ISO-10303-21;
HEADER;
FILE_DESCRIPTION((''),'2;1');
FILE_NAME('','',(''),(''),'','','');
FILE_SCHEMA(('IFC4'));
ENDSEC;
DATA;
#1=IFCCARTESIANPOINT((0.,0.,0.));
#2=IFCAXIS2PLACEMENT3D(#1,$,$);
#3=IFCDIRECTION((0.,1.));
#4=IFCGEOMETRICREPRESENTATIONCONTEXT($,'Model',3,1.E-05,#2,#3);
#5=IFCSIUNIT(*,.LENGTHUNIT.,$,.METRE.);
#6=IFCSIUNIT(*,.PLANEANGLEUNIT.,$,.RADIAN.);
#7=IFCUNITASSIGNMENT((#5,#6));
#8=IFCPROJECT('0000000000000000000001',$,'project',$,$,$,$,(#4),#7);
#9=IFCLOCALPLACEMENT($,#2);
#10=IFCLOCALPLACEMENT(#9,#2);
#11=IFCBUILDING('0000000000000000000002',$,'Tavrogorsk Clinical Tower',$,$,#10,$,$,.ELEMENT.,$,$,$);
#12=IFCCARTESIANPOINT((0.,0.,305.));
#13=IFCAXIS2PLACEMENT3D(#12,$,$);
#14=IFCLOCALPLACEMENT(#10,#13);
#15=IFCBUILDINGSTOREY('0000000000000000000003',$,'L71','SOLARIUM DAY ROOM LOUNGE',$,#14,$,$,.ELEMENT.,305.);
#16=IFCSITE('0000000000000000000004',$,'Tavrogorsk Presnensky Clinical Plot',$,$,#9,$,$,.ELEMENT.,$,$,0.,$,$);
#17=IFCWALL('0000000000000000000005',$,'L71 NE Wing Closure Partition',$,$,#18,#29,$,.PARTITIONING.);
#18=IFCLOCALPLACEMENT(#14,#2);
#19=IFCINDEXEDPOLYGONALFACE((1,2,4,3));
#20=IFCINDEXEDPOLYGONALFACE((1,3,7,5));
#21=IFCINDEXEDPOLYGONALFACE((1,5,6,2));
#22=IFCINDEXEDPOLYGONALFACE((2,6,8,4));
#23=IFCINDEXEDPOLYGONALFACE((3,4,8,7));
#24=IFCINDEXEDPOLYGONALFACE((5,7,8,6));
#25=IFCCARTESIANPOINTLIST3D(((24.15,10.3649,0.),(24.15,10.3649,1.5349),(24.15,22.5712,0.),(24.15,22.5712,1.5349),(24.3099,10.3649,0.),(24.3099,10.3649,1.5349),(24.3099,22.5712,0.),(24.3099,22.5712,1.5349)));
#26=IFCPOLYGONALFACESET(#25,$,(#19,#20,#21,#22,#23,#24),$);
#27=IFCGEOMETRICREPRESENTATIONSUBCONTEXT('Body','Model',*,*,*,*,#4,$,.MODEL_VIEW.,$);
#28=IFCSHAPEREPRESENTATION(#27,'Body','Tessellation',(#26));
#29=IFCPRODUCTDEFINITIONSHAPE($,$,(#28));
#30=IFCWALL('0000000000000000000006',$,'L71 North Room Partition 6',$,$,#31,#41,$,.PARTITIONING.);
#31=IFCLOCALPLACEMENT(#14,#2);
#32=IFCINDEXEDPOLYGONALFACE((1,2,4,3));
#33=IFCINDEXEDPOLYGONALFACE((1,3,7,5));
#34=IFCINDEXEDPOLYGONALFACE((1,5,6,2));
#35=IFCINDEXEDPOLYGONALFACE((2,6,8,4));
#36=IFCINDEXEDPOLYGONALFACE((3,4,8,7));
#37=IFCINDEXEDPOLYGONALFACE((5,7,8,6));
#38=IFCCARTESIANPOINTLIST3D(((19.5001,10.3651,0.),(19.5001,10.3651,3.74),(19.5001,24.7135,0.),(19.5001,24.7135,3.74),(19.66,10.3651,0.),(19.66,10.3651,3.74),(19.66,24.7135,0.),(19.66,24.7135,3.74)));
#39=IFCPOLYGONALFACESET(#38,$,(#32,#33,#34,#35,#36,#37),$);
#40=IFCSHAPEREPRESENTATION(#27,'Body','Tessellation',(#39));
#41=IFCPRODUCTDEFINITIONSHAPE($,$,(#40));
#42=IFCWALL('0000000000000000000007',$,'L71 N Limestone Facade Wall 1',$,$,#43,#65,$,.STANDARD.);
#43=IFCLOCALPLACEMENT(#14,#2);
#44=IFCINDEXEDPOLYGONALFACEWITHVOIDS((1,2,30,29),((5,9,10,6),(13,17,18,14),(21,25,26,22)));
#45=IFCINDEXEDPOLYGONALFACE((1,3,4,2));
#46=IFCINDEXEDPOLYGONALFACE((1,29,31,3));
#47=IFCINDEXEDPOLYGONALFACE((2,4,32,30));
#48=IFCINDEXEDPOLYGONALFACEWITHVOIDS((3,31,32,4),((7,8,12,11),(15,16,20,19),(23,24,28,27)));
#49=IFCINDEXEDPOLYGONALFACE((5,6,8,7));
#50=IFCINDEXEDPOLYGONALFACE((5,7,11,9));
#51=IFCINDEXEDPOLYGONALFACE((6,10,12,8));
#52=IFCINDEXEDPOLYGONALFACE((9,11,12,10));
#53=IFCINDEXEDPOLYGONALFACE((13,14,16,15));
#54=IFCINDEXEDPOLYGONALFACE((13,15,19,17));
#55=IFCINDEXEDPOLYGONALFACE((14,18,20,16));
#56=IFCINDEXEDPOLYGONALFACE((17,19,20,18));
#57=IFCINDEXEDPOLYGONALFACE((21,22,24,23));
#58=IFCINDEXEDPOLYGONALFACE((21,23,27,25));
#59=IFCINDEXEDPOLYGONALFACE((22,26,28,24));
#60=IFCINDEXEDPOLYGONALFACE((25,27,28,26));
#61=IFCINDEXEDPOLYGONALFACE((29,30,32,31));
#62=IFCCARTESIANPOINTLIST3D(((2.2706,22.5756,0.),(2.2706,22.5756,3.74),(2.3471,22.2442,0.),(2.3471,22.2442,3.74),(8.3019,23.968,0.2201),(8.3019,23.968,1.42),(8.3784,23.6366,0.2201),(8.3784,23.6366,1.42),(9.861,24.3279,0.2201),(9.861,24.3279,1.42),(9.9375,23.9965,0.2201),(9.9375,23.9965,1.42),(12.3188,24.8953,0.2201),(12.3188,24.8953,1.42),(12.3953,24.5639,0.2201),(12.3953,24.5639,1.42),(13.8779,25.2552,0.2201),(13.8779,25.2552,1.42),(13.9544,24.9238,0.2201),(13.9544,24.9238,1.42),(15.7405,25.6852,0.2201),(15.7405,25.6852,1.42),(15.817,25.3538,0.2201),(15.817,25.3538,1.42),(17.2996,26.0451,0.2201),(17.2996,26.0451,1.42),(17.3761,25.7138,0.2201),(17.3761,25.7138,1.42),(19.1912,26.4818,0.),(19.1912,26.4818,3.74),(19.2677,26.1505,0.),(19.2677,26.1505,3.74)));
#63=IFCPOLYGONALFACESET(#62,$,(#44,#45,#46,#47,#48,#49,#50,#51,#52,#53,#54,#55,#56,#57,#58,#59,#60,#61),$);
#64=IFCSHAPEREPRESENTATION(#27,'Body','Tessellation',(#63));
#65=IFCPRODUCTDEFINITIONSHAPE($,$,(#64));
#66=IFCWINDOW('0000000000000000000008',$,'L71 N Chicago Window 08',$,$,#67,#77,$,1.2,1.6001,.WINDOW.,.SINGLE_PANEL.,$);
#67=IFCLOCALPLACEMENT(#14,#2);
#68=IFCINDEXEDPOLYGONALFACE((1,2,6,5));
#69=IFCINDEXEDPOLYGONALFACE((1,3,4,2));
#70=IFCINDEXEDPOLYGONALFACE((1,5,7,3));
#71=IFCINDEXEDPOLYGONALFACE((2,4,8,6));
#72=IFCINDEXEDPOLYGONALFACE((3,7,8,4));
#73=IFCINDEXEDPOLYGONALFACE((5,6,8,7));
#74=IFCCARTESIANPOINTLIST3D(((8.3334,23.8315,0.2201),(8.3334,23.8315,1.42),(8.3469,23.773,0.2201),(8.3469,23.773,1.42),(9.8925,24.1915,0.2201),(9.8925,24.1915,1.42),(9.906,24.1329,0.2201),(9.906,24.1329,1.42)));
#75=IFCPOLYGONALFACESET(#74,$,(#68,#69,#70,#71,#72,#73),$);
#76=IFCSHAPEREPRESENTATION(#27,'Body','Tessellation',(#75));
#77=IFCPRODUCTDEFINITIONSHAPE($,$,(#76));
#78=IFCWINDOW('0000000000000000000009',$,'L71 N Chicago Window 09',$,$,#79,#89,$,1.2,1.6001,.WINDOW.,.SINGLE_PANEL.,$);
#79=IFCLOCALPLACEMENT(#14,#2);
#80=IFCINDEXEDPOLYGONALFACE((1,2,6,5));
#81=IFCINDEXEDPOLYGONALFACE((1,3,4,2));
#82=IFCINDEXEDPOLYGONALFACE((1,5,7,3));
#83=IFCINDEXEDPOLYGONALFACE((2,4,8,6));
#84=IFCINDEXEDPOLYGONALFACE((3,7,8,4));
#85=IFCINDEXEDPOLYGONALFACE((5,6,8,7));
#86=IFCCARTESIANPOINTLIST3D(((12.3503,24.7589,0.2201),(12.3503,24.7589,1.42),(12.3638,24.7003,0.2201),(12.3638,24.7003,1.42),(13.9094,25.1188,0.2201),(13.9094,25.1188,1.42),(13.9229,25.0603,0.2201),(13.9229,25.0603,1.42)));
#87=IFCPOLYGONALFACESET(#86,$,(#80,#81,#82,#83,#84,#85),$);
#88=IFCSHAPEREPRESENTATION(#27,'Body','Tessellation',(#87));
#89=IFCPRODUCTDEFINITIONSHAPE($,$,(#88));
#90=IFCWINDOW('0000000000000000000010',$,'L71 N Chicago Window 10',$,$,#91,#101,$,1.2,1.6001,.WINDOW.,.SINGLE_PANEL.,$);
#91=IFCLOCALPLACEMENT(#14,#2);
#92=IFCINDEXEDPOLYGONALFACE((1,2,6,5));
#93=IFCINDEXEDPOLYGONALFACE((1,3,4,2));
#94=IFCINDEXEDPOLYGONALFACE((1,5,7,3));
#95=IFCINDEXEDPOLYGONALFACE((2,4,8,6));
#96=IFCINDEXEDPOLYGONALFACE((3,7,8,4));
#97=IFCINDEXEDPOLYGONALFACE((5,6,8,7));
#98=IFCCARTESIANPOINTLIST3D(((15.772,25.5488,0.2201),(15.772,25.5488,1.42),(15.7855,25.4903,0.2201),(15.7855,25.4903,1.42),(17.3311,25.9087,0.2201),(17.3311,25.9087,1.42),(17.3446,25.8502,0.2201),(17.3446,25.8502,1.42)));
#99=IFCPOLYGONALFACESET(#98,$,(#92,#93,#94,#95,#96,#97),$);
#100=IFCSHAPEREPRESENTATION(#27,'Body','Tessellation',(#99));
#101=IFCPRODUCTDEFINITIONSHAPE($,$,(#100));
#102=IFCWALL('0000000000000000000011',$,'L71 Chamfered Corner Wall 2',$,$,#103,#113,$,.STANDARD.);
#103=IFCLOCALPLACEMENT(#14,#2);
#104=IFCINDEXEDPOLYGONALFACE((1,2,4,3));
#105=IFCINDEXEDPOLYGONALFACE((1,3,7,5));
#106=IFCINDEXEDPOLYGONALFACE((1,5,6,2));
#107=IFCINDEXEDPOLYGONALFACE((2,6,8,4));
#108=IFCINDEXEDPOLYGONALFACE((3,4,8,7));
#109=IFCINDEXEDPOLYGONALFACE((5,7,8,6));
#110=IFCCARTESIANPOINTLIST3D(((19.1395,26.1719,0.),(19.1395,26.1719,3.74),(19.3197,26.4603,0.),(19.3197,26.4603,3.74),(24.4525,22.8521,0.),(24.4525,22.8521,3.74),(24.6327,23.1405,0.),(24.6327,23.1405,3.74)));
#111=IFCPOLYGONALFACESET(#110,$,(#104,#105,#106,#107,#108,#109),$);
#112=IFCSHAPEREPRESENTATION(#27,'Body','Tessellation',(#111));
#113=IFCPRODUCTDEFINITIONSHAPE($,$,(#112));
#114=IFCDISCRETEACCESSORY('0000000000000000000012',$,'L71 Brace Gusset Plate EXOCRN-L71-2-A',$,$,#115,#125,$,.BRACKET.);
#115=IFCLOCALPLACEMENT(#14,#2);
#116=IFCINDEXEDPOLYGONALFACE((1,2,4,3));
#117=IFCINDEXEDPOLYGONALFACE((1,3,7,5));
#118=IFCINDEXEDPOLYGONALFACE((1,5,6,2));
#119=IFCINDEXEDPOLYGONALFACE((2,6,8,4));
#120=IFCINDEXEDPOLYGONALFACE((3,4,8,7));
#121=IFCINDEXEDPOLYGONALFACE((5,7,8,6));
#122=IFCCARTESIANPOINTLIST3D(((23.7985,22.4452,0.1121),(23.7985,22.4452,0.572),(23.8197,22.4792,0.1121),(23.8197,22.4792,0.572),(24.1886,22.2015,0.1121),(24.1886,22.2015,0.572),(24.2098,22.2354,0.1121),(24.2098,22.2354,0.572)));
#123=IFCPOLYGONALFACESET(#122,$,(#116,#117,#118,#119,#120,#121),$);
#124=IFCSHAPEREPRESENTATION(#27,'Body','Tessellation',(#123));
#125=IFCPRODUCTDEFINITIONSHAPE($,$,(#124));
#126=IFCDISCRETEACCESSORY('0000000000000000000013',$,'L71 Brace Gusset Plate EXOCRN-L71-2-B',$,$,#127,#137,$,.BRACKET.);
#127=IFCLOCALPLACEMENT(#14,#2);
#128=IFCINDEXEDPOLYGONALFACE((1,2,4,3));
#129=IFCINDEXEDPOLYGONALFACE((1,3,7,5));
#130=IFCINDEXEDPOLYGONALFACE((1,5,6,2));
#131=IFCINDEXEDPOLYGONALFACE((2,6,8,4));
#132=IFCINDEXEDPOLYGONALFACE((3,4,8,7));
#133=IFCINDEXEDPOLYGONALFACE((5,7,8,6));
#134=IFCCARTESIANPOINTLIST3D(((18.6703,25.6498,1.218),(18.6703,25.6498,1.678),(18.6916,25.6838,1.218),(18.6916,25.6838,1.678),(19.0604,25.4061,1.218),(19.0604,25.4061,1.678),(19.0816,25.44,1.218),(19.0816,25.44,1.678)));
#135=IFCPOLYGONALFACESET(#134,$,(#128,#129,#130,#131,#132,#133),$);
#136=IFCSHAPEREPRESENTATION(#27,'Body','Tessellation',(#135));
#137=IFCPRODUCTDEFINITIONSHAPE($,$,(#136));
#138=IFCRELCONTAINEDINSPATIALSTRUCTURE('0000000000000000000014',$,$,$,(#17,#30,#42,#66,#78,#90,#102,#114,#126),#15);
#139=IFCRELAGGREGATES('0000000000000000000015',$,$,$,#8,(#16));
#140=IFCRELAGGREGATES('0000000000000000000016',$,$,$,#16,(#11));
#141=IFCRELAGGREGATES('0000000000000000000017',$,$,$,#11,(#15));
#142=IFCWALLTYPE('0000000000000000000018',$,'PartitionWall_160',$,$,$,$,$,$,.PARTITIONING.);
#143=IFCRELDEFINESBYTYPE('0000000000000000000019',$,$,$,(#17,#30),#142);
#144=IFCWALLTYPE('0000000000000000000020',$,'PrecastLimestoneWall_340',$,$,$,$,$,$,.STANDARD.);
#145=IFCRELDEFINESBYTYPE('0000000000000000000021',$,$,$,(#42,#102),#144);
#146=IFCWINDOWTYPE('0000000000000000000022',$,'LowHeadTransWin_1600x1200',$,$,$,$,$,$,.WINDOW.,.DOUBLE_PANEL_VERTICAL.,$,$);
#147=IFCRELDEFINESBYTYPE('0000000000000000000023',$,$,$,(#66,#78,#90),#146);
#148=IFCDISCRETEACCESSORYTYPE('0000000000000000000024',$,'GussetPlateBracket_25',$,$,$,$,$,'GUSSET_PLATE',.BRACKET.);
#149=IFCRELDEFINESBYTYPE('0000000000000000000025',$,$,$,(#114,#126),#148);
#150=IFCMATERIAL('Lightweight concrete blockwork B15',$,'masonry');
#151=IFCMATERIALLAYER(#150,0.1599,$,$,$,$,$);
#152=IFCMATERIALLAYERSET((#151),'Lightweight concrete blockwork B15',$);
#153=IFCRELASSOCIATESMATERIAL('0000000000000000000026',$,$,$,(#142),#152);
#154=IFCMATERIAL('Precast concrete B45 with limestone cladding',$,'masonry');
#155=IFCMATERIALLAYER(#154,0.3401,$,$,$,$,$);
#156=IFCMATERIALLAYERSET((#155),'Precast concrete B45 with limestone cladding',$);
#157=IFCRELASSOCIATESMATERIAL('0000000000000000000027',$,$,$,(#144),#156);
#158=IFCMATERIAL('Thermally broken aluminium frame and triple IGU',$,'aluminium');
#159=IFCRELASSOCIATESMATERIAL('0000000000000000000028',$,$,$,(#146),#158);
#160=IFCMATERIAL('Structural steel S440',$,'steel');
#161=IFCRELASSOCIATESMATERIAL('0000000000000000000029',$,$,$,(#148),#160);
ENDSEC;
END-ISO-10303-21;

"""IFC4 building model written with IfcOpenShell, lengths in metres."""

from ifc_helpers import new_model, si_unit, direction, frame, frame_2d, origin, origin_2d, place, context, subcontext, project, spatial, rectangle, extrude, material, layer, layer_set, type_object, element, fill, save


model = new_model("IFC4")

# Units and contexts
model_context = context("Model", 3, precision=1e-05, world=origin(), true_north=direction((0.0, 1.0)))
body_context = subcontext(model_context, "Body", "Model", "MODEL_VIEW")
ifc_project = project(units=[si_unit("LENGTHUNIT", "METRE"), si_unit("PLANEANGLEUNIT", "RADIAN")], contexts=[model_context])

# Site, building, storey
site_placement = place(None, origin())
site = spatial("IfcSite", under=ifc_project, at=site_placement, Name="Tavrogorsk Presnensky Clinical Plot", CompositionType="ELEMENT", RefElevation=0.0)
building_placement = place(site_placement, origin())
building = spatial("IfcBuilding", under=site, at=building_placement, Name="Tavrogorsk Clinical Tower", CompositionType="ELEMENT")
storey_placement = place(building_placement, frame((0.0, 0.0, 305.0)))
storey = spatial("IfcBuildingStorey", under=building, at=storey_placement, Name="L71", Description="SOLARIUM DAY ROOM LOUNGE", CompositionType="ELEMENT", Elevation=305.0)

# Shared definitions
ifc_material_1 = material(Name="Lightweight concrete blockwork B15", Category="masonry")
ifc_layer_1 = layer(ifc_material_1, 0.1599)
ifc_layer_set_1 = layer_set([ifc_layer_1], Name="Lightweight concrete blockwork B15")
wall_type_1 = type_object("IfcWallType", Name="PartitionWall_160", PredefinedType="PARTITIONING", material=ifc_layer_set_1)

# Walls
wall_1_placement = place(storey_placement, frame((24.23, 10.365, 0.0), z_axis=(0.0, 0.0, 1.0), x_axis=(0.0, 1.0, 0.0)))
element("IfcWall", 1, at=wall_1_placement, inside=storey, type_object=wall_type_1, Name="L71 NE Wing Closure Partition", PredefinedType="PARTITIONING", context=body_context, shape_type="SweptSolid", body=[
    extrude(rectangle(XDim=12.2063, YDim=0.1599, at=frame_2d((6.103, 0.0))), origin(), (0.0, 0.0, 1.0), 1.5349),
])
wall_2_placement = place(storey_placement, frame((19.5801, 10.365, 0.0), z_axis=(0.0, 0.0, 1.0), x_axis=(0.0, 1.0, 0.0)))
element("IfcWall", 2, at=wall_2_placement, inside=storey, type_object=wall_type_1, Name="L71 North Room Partition 6", PredefinedType="PARTITIONING", context=body_context, shape_type="SweptSolid", body=[
    extrude(rectangle(XDim=14.3484, YDim=0.1599, at=frame_2d((7.1743, 0.0))), origin(), (0.0, 0.0, 1.0), 3.74),
])

# Wall, openings, windows
ifc_material_2 = material(Name="Precast concrete B45 with limestone cladding", Category="masonry")
ifc_layer_2 = layer(ifc_material_2, 0.3401)
ifc_layer_set_2 = layer_set([ifc_layer_2], Name="Precast concrete B45 with limestone cladding")
wall_type_2 = type_object("IfcWallType", Name="PrecastLimestoneWall_340", PredefinedType="STANDARD", material=ifc_layer_set_2)
wall_3_placement = place(storey_placement, frame((19.2295, 26.3162, 0.0), z_axis=(0.0, 0.0, 1.0), x_axis=(-0.974372, -0.224941, 0.0)))
wall_3 = element("IfcWall", 3, at=wall_3_placement, inside=storey, type_object=wall_type_2, Name="L71 N Limestone Facade Wall 1", PredefinedType="STANDARD", context=body_context, shape_type="SweptSolid", body=[
    extrude(rectangle(XDim=17.3657, YDim=0.3401, at=frame_2d((8.6829, 0.0))), origin(), (0.0, 0.0, 1.0), 3.74),
])
opening_1_placement = place(wall_3_placement, frame((9.5757, 0.0, 0.22)))
opening_1 = element("IfcOpeningElement", 4, at=opening_1_placement, cuts=wall_3, PredefinedType="OPENING", context=body_context, shape_type="SweptSolid", body=[
    extrude(rectangle(XDim=1.6001, YDim=1.2, at=frame_2d((0.8, 0.6001))), frame((0.0, 0.1799, 0.0), z_axis=(0.0, -1.0, 0.0), x_axis=(1.0, 0.0, 0.0)), (0.0, 0.0, 1.0), 0.3601),
])
opening_2_placement = place(wall_3_placement, frame((5.4531, 0.0, 0.22)))
opening_2 = element("IfcOpeningElement", 5, at=opening_2_placement, cuts=wall_3, PredefinedType="OPENING", context=body_context, shape_type="SweptSolid", body=[
    extrude(rectangle(XDim=1.6001, YDim=1.2, at=frame_2d((0.8, 0.6001))), frame((0.0, 0.1799, 0.0), z_axis=(0.0, -1.0, 0.0), x_axis=(1.0, 0.0, 0.0)), (0.0, 0.0, 1.0), 0.3601),
])
opening_3_placement = place(wall_3_placement, frame((1.9414, 0.0, 0.22)))
opening_3 = element("IfcOpeningElement", 6, at=opening_3_placement, cuts=wall_3, PredefinedType="OPENING", context=body_context, shape_type="SweptSolid", body=[
    extrude(rectangle(XDim=1.6001, YDim=1.2, at=frame_2d((0.8, 0.6001))), frame((0.0, 0.1799, 0.0), z_axis=(0.0, -1.0, 0.0), x_axis=(1.0, 0.0, 0.0)), (0.0, 0.0, 1.0), 0.3601),
])
ifc_material_3 = material(Name="Thermally broken aluminium frame and triple IGU", Category="aluminium")
window_type = type_object("IfcWindowType", Name="LowHeadTransWin_1600x1200", PartitioningType="DOUBLE_PANEL_VERTICAL", PredefinedType="WINDOW", material=ifc_material_3)
window_1_placement = place(opening_1_placement, origin())
window_1 = element("IfcWindow", 7, at=window_1_placement, inside=storey, type_object=window_type, Name="L71 N Chicago Window 08", OverallHeight=1.2, OverallWidth=1.6001, PartitioningType="SINGLE_PANEL", PredefinedType="WINDOW", context=body_context, shape_type="SweptSolid", body=[
    extrude(rectangle(XDim=1.6001, YDim=1.2, at=frame_2d((0.8, 0.6001))), frame((0.0, 0.03, 0.0), z_axis=(0.0, -1.0, 0.0), x_axis=(1.0, 0.0, 0.0)), (0.0, 0.0, 1.0), 0.0601),
])
fill(opening_1, window_1)
window_2_placement = place(opening_2_placement, origin())
window_2 = element("IfcWindow", 8, at=window_2_placement, inside=storey, type_object=window_type, Name="L71 N Chicago Window 09", OverallHeight=1.2, OverallWidth=1.6001, PartitioningType="SINGLE_PANEL", PredefinedType="WINDOW", context=body_context, shape_type="SweptSolid", body=[
    extrude(rectangle(XDim=1.6001, YDim=1.2, at=frame_2d((0.8, 0.6001))), frame((0.0, 0.03, 0.0), z_axis=(0.0, -1.0, 0.0), x_axis=(1.0, 0.0, 0.0)), (0.0, 0.0, 1.0), 0.0601),
])
fill(opening_2, window_2)
window_3_placement = place(opening_3_placement, origin())
window_3 = element("IfcWindow", 9, at=window_3_placement, inside=storey, type_object=window_type, Name="L71 N Chicago Window 10", OverallHeight=1.2, OverallWidth=1.6001, PartitioningType="SINGLE_PANEL", PredefinedType="WINDOW", context=body_context, shape_type="SweptSolid", body=[
    extrude(rectangle(XDim=1.6001, YDim=1.2, at=frame_2d((0.8, 0.6001))), frame((0.0, 0.03, 0.0), z_axis=(0.0, -1.0, 0.0), x_axis=(1.0, 0.0, 0.0)), (0.0, 0.0, 1.0), 0.0601),
])
fill(opening_3, window_3)

# Wall
wall_4_placement = place(storey_placement, frame((24.5425, 22.9963, 0.0), z_axis=(0.0, 0.0, 1.0), x_axis=(-0.848055, 0.529908, 0.0)))
element("IfcWall", 10, at=wall_4_placement, inside=storey, type_object=wall_type_2, Name="L71 Chamfered Corner Wall 2", PredefinedType="STANDARD", context=body_context, shape_type="SweptSolid", body=[
    extrude(rectangle(XDim=6.2649, YDim=0.3401, at=frame_2d((3.1323, 0.0))), origin(), (0.0, 0.0, 1.0), 3.74),
])

# Discrete accessories
ifc_material_4 = material(Name="Structural steel S440", Category="steel")
discrete_accessory_type = type_object("IfcDiscreteAccessoryType", Name="GussetPlateBracket_25", ElementType="GUSSET_PLATE", PredefinedType="BRACKET", material=ifc_material_4)
for number, where, z_axis, x_axis, name in (
    (11, (24.0042, 22.3403, 0.1121), (0.0, 0.0, 1.0), (-0.848048, 0.529919, 0.0), "L71 Brace Gusset Plate EXOCRN-L71-2-A"),
    (12, (18.876, 25.5449, 1.218), (0.0, 0.0, 1.0), (-0.848048, 0.529919, 0.0), "L71 Brace Gusset Plate EXOCRN-L71-2-B"),
):
    element("IfcDiscreteAccessory", number, at=place(storey_placement, frame(where, z_axis=z_axis, x_axis=x_axis)), inside=storey, type_object=discrete_accessory_type, Name=name, PredefinedType="BRACKET", context=body_context, shape_type="SweptSolid", body=[
        extrude(rectangle(XDim=0.46, YDim=0.04, at=origin_2d()), origin(), (0.0, 0.0, 1.0), 0.46),
    ])

save(model, "model.ifc")
